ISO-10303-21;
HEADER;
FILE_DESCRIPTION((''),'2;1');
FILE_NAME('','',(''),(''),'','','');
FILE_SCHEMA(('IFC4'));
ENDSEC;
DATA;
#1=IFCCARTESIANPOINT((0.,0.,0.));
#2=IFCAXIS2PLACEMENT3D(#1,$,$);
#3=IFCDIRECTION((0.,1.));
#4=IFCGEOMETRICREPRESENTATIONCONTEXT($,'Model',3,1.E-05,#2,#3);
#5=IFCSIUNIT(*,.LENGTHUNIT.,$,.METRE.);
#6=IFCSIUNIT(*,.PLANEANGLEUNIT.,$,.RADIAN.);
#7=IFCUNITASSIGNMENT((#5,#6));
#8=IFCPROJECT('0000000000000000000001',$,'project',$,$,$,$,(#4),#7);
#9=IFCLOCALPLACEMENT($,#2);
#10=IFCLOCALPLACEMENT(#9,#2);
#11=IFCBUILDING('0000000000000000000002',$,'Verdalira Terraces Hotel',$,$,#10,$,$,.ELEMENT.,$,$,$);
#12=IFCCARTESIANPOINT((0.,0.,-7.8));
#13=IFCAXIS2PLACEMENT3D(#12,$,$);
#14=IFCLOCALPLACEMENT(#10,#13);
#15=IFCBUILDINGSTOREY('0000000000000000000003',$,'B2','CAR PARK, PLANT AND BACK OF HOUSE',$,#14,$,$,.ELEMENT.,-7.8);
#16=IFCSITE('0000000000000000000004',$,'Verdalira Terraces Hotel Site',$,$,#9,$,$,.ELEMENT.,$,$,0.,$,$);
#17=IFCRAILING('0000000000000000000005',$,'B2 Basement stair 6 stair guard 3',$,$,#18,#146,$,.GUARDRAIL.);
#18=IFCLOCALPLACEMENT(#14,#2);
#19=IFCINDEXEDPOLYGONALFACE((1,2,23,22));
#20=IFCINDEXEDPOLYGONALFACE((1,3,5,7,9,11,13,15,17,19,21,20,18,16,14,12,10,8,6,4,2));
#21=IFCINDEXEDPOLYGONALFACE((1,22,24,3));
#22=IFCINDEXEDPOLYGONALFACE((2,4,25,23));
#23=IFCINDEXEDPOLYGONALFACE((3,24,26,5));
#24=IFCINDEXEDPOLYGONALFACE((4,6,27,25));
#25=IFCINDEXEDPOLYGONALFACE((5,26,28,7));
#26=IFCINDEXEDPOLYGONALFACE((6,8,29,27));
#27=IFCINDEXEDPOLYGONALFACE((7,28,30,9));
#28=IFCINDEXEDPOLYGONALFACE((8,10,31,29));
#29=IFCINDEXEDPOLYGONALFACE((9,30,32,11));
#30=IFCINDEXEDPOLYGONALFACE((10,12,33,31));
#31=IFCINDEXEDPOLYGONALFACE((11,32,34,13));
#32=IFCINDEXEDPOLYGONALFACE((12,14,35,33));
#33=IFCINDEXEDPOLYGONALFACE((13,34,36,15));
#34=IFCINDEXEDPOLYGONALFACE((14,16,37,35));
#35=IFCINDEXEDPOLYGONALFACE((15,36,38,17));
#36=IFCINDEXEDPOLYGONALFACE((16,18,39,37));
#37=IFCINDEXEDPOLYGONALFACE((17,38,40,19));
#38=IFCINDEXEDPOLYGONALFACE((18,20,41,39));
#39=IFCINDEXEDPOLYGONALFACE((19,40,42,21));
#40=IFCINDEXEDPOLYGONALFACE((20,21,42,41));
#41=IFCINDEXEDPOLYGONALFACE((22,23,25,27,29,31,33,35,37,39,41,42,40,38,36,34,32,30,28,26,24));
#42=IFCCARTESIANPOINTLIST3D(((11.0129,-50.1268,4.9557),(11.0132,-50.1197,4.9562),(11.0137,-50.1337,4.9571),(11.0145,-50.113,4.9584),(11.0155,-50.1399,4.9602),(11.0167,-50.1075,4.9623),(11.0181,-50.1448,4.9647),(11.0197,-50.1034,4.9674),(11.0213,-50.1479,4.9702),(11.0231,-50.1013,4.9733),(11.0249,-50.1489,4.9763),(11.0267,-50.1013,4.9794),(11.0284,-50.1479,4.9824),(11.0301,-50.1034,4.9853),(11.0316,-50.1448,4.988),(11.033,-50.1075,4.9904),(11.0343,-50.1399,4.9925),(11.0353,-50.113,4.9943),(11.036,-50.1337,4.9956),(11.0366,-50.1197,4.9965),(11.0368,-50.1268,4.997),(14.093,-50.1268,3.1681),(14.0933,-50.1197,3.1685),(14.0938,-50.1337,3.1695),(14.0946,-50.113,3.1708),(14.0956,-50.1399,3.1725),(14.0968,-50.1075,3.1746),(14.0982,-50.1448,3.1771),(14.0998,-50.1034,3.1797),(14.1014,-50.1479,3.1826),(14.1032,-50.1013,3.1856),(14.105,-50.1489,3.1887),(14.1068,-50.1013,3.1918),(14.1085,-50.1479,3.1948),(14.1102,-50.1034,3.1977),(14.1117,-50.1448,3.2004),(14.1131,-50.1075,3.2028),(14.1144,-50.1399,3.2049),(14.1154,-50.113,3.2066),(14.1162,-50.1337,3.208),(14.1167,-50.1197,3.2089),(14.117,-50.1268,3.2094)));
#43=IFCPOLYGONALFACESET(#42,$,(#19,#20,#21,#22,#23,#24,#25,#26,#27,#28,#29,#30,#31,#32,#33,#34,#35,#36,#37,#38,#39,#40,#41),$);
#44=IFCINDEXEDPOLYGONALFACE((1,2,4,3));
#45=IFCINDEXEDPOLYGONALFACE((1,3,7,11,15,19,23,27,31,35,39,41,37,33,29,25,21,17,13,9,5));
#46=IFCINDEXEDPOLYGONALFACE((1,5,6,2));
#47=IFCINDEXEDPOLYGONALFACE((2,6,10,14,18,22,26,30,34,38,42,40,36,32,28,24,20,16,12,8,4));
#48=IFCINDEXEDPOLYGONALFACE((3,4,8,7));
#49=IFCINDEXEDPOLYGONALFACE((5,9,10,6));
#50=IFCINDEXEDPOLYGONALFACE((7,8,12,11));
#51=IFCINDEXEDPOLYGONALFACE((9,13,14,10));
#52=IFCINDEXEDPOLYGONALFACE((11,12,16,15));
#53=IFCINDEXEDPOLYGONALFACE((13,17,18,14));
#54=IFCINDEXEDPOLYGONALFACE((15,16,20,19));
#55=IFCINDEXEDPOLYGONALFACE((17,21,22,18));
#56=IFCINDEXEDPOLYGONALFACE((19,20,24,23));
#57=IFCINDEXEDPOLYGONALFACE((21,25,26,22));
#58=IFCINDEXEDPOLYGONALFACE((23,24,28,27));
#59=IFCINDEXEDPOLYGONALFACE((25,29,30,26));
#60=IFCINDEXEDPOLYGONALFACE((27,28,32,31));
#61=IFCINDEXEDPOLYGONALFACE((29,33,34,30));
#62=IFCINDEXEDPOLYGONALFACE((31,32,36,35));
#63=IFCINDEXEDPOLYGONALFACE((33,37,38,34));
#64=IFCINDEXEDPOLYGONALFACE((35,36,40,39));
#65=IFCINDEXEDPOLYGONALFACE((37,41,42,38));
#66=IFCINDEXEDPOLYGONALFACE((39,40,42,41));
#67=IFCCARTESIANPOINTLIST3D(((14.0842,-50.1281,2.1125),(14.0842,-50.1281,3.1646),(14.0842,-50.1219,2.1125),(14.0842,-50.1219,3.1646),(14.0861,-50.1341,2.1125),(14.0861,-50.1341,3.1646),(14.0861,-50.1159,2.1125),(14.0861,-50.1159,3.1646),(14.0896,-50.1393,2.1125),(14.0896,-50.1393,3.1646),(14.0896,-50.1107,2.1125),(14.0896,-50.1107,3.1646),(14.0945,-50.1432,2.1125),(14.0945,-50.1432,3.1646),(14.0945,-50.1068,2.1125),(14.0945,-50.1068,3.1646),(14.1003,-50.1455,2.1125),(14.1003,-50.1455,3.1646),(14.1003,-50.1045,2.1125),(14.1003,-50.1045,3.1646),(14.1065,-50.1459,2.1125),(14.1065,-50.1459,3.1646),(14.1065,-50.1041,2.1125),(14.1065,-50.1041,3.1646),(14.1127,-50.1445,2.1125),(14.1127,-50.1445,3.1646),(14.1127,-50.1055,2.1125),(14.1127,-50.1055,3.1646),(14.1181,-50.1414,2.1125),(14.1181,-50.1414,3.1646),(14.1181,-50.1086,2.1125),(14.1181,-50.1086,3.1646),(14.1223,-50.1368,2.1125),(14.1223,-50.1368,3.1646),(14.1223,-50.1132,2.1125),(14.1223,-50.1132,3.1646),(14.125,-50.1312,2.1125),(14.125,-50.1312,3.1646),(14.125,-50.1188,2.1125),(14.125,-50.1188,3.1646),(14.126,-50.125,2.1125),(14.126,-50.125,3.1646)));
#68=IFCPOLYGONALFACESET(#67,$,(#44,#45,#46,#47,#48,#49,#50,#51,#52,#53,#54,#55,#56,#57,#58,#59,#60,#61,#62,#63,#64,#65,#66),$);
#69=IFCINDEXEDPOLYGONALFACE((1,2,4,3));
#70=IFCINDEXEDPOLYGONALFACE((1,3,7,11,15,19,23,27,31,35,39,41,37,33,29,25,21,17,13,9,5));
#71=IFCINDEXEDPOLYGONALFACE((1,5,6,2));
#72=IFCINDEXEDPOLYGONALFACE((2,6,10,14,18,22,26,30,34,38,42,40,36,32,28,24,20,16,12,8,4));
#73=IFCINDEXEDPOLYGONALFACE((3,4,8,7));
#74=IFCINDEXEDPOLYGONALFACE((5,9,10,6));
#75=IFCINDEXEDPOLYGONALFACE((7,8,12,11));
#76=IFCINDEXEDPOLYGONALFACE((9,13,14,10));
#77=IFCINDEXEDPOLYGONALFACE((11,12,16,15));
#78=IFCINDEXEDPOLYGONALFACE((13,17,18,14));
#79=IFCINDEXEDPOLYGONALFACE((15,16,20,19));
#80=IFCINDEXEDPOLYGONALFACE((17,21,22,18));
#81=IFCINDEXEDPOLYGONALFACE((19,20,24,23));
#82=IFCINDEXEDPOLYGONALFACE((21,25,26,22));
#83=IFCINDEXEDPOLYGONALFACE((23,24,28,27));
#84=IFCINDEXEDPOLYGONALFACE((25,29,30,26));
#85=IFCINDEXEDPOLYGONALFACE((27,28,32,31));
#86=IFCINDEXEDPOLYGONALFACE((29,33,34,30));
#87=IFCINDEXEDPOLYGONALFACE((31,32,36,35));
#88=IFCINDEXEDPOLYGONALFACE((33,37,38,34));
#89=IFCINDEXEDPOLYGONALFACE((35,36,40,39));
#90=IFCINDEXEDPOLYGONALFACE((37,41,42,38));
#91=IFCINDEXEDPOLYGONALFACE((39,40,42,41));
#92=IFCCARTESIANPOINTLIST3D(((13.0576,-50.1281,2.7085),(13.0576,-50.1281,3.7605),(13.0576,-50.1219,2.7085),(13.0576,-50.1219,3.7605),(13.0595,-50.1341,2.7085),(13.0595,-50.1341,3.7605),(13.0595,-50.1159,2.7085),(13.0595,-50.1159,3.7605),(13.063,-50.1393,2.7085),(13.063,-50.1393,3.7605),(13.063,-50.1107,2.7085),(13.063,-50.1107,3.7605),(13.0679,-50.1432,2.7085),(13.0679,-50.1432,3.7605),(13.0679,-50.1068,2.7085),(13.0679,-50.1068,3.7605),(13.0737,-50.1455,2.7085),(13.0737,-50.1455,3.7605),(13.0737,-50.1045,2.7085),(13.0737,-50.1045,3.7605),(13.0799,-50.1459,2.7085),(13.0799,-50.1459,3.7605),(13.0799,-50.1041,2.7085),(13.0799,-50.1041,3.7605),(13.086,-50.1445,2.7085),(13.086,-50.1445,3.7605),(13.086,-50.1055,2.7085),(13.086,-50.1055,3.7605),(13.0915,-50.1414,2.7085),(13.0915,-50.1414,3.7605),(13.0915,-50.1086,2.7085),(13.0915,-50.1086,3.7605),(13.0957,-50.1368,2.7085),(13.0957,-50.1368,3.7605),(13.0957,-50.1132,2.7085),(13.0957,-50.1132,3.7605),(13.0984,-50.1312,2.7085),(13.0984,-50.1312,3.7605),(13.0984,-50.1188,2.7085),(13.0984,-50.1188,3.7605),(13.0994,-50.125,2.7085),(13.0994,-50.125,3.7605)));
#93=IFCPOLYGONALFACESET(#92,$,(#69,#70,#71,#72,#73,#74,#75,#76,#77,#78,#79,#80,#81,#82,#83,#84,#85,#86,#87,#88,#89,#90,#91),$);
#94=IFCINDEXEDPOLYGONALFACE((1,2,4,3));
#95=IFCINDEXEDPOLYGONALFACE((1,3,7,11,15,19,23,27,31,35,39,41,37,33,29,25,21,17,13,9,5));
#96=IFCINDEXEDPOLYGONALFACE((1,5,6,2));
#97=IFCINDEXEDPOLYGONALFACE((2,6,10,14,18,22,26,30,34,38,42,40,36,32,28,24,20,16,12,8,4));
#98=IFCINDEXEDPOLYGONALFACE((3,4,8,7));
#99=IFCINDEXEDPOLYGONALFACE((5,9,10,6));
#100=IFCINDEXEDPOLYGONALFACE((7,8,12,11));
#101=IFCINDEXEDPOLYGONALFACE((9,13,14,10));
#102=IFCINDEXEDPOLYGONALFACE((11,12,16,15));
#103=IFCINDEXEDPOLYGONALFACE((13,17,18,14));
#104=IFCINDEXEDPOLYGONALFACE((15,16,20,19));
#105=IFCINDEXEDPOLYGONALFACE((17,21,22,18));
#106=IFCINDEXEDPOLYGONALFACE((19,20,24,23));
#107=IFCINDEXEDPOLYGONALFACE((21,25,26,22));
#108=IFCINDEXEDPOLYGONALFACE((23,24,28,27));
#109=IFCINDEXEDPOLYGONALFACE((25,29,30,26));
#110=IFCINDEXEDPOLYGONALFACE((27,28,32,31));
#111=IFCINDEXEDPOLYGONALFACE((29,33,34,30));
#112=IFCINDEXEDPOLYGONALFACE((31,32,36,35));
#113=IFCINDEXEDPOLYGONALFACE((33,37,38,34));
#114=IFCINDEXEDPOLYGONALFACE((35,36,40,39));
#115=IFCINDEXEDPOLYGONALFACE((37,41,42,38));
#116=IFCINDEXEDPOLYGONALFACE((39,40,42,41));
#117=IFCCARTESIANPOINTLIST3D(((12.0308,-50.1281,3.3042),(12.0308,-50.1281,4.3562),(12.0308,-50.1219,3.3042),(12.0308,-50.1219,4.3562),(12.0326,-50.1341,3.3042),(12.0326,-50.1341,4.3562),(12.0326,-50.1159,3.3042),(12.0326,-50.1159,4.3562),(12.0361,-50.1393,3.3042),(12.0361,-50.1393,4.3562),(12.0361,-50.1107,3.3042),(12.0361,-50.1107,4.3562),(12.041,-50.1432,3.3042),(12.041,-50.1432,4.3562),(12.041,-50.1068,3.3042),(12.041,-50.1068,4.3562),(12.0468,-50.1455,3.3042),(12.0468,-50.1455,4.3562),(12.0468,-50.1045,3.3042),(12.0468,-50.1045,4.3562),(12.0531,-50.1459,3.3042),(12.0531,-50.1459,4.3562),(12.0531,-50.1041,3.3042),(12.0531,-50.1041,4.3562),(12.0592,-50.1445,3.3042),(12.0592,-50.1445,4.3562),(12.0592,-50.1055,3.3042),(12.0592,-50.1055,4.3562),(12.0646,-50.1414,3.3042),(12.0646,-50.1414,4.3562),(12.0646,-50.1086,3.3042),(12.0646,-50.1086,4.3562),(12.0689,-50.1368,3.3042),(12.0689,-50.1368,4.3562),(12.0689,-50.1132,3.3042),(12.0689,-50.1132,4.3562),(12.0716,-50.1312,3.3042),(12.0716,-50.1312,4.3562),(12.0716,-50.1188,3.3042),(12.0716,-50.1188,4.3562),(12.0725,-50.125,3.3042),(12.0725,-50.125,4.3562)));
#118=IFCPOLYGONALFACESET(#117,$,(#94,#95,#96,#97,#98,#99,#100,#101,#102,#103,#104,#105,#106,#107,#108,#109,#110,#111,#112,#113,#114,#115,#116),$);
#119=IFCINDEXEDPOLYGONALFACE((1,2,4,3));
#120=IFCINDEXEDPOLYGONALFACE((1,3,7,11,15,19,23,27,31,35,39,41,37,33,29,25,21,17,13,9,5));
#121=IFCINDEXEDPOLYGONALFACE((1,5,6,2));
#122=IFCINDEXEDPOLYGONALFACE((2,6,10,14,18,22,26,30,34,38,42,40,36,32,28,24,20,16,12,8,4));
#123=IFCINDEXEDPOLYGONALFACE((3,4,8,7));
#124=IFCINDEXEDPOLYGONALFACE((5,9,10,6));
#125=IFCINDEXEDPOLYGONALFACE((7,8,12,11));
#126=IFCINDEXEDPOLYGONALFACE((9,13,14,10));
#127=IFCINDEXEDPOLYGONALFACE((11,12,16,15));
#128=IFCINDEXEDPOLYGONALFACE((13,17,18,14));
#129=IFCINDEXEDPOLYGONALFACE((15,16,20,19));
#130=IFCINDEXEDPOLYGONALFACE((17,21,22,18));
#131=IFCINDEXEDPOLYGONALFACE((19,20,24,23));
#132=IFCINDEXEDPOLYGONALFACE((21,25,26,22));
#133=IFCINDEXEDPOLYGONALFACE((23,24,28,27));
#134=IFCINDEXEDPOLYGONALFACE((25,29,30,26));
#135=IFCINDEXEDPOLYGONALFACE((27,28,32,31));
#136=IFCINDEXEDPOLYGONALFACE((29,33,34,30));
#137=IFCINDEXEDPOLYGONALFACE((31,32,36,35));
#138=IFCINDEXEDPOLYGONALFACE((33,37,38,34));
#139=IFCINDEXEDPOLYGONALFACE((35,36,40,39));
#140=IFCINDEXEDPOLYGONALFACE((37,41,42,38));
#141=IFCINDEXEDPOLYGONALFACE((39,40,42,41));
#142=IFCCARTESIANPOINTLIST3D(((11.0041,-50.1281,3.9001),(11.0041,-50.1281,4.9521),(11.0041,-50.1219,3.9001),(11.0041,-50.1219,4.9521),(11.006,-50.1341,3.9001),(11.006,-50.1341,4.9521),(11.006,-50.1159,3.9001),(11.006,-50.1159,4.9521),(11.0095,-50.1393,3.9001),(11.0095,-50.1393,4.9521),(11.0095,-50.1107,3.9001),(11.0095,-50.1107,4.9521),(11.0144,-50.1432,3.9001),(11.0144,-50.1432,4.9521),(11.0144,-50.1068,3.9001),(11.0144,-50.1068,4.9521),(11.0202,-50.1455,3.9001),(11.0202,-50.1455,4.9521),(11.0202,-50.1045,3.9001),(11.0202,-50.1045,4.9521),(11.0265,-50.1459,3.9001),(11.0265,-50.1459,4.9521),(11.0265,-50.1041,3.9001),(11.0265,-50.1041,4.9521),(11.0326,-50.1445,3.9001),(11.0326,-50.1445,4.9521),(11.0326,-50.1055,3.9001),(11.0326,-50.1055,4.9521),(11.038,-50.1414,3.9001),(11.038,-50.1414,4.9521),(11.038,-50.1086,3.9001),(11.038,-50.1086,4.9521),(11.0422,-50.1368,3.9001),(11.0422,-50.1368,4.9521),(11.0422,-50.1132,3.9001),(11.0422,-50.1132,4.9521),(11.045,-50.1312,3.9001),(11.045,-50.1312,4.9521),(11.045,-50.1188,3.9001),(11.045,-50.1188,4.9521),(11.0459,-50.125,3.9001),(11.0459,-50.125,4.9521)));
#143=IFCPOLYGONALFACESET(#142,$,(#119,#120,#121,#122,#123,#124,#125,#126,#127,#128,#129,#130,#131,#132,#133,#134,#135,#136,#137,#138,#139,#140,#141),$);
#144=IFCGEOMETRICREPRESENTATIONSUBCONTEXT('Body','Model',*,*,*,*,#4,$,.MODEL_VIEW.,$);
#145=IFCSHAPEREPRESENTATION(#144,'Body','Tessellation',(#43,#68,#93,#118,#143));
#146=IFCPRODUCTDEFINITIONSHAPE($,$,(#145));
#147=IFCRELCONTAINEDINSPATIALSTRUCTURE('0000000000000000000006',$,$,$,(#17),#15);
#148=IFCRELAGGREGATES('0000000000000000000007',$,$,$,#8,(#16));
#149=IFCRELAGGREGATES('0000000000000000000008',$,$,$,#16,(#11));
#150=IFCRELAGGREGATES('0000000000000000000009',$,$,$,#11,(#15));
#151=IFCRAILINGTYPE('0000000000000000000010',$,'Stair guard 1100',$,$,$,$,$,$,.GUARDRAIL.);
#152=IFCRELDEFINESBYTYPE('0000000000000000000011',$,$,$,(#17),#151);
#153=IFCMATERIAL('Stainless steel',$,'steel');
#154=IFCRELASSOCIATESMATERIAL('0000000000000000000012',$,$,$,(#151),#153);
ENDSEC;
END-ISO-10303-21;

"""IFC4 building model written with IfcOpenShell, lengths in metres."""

from ifc_helpers import new_model, si_unit, direction, frame, origin, origin_2d, place, context, subcontext, project, spatial, circle, extrude, material, type_object, element, save


model = new_model("IFC4")

# Units and contexts
model_context = context("Model", 3, precision=1e-05, world=origin(), true_north=direction((0.0, 1.0)))
body_context = subcontext(model_context, "Body", "Model", "MODEL_VIEW")
ifc_project = project(units=[si_unit("LENGTHUNIT", "METRE"), si_unit("PLANEANGLEUNIT", "RADIAN")], contexts=[model_context])

# Site, building, storey
site_placement = place(None, origin())
site = spatial("IfcSite", under=ifc_project, at=site_placement, Name="Verdalira Terraces Hotel Site", CompositionType="ELEMENT", RefElevation=0.0)
building_placement = place(site_placement, origin())
building = spatial("IfcBuilding", under=site, at=building_placement, Name="Verdalira Terraces Hotel", CompositionType="ELEMENT")
storey_placement = place(building_placement, frame((0.0, 0.0, -7.8)))
storey = spatial("IfcBuildingStorey", under=building, at=storey_placement, Name="B2", Description="CAR PARK, PLANT AND BACK OF HOUSE", CompositionType="ELEMENT", Elevation=-7.8)

# Railing
ifc_material_1 = material(Name="Stainless steel", Category="steel")
railing_type_1 = type_object("IfcRailingType", Name="Stair guard 1100", PredefinedType="GUARDRAIL", material=ifc_material_1)
railing_1_placement = place(storey_placement, frame((14.105, -50.125, 2.1125)))
element("IfcRailing", 1, at=railing_1_placement, inside=storey, type_object=railing_type_1, Name="B2 Basement stair 6 stair guard 3", PredefinedType="GUARDRAIL", context=body_context, shape_type="SweptSolid", body=[
    extrude(circle(Radius=0.0239, at=origin_2d()), frame((0.0, 0.0, 1.0762), z_axis=(-0.864891, 0.0, 0.50196), x_axis=(0.0, -1.0, 0.0)), (0.0, 0.0, 1.0), 3.5613),
    extrude(circle(Radius=0.021, at=origin_2d()), origin(), (0.0, 0.0, 1.0), 1.052),
    extrude(circle(Radius=0.021, at=origin_2d()), frame((-1.0266, 0.0, 0.5959)), (0.0, 0.0, 1.0), 1.052),
    extrude(circle(Radius=0.021, at=origin_2d()), frame((-2.0535, 0.0, 1.1917)), (0.0, 0.0, 1.0), 1.052),
    extrude(circle(Radius=0.021, at=origin_2d()), frame((-3.0801, 0.0, 1.7876)), (0.0, 0.0, 1.0), 1.052),
])

save(model, "model.ifc")
